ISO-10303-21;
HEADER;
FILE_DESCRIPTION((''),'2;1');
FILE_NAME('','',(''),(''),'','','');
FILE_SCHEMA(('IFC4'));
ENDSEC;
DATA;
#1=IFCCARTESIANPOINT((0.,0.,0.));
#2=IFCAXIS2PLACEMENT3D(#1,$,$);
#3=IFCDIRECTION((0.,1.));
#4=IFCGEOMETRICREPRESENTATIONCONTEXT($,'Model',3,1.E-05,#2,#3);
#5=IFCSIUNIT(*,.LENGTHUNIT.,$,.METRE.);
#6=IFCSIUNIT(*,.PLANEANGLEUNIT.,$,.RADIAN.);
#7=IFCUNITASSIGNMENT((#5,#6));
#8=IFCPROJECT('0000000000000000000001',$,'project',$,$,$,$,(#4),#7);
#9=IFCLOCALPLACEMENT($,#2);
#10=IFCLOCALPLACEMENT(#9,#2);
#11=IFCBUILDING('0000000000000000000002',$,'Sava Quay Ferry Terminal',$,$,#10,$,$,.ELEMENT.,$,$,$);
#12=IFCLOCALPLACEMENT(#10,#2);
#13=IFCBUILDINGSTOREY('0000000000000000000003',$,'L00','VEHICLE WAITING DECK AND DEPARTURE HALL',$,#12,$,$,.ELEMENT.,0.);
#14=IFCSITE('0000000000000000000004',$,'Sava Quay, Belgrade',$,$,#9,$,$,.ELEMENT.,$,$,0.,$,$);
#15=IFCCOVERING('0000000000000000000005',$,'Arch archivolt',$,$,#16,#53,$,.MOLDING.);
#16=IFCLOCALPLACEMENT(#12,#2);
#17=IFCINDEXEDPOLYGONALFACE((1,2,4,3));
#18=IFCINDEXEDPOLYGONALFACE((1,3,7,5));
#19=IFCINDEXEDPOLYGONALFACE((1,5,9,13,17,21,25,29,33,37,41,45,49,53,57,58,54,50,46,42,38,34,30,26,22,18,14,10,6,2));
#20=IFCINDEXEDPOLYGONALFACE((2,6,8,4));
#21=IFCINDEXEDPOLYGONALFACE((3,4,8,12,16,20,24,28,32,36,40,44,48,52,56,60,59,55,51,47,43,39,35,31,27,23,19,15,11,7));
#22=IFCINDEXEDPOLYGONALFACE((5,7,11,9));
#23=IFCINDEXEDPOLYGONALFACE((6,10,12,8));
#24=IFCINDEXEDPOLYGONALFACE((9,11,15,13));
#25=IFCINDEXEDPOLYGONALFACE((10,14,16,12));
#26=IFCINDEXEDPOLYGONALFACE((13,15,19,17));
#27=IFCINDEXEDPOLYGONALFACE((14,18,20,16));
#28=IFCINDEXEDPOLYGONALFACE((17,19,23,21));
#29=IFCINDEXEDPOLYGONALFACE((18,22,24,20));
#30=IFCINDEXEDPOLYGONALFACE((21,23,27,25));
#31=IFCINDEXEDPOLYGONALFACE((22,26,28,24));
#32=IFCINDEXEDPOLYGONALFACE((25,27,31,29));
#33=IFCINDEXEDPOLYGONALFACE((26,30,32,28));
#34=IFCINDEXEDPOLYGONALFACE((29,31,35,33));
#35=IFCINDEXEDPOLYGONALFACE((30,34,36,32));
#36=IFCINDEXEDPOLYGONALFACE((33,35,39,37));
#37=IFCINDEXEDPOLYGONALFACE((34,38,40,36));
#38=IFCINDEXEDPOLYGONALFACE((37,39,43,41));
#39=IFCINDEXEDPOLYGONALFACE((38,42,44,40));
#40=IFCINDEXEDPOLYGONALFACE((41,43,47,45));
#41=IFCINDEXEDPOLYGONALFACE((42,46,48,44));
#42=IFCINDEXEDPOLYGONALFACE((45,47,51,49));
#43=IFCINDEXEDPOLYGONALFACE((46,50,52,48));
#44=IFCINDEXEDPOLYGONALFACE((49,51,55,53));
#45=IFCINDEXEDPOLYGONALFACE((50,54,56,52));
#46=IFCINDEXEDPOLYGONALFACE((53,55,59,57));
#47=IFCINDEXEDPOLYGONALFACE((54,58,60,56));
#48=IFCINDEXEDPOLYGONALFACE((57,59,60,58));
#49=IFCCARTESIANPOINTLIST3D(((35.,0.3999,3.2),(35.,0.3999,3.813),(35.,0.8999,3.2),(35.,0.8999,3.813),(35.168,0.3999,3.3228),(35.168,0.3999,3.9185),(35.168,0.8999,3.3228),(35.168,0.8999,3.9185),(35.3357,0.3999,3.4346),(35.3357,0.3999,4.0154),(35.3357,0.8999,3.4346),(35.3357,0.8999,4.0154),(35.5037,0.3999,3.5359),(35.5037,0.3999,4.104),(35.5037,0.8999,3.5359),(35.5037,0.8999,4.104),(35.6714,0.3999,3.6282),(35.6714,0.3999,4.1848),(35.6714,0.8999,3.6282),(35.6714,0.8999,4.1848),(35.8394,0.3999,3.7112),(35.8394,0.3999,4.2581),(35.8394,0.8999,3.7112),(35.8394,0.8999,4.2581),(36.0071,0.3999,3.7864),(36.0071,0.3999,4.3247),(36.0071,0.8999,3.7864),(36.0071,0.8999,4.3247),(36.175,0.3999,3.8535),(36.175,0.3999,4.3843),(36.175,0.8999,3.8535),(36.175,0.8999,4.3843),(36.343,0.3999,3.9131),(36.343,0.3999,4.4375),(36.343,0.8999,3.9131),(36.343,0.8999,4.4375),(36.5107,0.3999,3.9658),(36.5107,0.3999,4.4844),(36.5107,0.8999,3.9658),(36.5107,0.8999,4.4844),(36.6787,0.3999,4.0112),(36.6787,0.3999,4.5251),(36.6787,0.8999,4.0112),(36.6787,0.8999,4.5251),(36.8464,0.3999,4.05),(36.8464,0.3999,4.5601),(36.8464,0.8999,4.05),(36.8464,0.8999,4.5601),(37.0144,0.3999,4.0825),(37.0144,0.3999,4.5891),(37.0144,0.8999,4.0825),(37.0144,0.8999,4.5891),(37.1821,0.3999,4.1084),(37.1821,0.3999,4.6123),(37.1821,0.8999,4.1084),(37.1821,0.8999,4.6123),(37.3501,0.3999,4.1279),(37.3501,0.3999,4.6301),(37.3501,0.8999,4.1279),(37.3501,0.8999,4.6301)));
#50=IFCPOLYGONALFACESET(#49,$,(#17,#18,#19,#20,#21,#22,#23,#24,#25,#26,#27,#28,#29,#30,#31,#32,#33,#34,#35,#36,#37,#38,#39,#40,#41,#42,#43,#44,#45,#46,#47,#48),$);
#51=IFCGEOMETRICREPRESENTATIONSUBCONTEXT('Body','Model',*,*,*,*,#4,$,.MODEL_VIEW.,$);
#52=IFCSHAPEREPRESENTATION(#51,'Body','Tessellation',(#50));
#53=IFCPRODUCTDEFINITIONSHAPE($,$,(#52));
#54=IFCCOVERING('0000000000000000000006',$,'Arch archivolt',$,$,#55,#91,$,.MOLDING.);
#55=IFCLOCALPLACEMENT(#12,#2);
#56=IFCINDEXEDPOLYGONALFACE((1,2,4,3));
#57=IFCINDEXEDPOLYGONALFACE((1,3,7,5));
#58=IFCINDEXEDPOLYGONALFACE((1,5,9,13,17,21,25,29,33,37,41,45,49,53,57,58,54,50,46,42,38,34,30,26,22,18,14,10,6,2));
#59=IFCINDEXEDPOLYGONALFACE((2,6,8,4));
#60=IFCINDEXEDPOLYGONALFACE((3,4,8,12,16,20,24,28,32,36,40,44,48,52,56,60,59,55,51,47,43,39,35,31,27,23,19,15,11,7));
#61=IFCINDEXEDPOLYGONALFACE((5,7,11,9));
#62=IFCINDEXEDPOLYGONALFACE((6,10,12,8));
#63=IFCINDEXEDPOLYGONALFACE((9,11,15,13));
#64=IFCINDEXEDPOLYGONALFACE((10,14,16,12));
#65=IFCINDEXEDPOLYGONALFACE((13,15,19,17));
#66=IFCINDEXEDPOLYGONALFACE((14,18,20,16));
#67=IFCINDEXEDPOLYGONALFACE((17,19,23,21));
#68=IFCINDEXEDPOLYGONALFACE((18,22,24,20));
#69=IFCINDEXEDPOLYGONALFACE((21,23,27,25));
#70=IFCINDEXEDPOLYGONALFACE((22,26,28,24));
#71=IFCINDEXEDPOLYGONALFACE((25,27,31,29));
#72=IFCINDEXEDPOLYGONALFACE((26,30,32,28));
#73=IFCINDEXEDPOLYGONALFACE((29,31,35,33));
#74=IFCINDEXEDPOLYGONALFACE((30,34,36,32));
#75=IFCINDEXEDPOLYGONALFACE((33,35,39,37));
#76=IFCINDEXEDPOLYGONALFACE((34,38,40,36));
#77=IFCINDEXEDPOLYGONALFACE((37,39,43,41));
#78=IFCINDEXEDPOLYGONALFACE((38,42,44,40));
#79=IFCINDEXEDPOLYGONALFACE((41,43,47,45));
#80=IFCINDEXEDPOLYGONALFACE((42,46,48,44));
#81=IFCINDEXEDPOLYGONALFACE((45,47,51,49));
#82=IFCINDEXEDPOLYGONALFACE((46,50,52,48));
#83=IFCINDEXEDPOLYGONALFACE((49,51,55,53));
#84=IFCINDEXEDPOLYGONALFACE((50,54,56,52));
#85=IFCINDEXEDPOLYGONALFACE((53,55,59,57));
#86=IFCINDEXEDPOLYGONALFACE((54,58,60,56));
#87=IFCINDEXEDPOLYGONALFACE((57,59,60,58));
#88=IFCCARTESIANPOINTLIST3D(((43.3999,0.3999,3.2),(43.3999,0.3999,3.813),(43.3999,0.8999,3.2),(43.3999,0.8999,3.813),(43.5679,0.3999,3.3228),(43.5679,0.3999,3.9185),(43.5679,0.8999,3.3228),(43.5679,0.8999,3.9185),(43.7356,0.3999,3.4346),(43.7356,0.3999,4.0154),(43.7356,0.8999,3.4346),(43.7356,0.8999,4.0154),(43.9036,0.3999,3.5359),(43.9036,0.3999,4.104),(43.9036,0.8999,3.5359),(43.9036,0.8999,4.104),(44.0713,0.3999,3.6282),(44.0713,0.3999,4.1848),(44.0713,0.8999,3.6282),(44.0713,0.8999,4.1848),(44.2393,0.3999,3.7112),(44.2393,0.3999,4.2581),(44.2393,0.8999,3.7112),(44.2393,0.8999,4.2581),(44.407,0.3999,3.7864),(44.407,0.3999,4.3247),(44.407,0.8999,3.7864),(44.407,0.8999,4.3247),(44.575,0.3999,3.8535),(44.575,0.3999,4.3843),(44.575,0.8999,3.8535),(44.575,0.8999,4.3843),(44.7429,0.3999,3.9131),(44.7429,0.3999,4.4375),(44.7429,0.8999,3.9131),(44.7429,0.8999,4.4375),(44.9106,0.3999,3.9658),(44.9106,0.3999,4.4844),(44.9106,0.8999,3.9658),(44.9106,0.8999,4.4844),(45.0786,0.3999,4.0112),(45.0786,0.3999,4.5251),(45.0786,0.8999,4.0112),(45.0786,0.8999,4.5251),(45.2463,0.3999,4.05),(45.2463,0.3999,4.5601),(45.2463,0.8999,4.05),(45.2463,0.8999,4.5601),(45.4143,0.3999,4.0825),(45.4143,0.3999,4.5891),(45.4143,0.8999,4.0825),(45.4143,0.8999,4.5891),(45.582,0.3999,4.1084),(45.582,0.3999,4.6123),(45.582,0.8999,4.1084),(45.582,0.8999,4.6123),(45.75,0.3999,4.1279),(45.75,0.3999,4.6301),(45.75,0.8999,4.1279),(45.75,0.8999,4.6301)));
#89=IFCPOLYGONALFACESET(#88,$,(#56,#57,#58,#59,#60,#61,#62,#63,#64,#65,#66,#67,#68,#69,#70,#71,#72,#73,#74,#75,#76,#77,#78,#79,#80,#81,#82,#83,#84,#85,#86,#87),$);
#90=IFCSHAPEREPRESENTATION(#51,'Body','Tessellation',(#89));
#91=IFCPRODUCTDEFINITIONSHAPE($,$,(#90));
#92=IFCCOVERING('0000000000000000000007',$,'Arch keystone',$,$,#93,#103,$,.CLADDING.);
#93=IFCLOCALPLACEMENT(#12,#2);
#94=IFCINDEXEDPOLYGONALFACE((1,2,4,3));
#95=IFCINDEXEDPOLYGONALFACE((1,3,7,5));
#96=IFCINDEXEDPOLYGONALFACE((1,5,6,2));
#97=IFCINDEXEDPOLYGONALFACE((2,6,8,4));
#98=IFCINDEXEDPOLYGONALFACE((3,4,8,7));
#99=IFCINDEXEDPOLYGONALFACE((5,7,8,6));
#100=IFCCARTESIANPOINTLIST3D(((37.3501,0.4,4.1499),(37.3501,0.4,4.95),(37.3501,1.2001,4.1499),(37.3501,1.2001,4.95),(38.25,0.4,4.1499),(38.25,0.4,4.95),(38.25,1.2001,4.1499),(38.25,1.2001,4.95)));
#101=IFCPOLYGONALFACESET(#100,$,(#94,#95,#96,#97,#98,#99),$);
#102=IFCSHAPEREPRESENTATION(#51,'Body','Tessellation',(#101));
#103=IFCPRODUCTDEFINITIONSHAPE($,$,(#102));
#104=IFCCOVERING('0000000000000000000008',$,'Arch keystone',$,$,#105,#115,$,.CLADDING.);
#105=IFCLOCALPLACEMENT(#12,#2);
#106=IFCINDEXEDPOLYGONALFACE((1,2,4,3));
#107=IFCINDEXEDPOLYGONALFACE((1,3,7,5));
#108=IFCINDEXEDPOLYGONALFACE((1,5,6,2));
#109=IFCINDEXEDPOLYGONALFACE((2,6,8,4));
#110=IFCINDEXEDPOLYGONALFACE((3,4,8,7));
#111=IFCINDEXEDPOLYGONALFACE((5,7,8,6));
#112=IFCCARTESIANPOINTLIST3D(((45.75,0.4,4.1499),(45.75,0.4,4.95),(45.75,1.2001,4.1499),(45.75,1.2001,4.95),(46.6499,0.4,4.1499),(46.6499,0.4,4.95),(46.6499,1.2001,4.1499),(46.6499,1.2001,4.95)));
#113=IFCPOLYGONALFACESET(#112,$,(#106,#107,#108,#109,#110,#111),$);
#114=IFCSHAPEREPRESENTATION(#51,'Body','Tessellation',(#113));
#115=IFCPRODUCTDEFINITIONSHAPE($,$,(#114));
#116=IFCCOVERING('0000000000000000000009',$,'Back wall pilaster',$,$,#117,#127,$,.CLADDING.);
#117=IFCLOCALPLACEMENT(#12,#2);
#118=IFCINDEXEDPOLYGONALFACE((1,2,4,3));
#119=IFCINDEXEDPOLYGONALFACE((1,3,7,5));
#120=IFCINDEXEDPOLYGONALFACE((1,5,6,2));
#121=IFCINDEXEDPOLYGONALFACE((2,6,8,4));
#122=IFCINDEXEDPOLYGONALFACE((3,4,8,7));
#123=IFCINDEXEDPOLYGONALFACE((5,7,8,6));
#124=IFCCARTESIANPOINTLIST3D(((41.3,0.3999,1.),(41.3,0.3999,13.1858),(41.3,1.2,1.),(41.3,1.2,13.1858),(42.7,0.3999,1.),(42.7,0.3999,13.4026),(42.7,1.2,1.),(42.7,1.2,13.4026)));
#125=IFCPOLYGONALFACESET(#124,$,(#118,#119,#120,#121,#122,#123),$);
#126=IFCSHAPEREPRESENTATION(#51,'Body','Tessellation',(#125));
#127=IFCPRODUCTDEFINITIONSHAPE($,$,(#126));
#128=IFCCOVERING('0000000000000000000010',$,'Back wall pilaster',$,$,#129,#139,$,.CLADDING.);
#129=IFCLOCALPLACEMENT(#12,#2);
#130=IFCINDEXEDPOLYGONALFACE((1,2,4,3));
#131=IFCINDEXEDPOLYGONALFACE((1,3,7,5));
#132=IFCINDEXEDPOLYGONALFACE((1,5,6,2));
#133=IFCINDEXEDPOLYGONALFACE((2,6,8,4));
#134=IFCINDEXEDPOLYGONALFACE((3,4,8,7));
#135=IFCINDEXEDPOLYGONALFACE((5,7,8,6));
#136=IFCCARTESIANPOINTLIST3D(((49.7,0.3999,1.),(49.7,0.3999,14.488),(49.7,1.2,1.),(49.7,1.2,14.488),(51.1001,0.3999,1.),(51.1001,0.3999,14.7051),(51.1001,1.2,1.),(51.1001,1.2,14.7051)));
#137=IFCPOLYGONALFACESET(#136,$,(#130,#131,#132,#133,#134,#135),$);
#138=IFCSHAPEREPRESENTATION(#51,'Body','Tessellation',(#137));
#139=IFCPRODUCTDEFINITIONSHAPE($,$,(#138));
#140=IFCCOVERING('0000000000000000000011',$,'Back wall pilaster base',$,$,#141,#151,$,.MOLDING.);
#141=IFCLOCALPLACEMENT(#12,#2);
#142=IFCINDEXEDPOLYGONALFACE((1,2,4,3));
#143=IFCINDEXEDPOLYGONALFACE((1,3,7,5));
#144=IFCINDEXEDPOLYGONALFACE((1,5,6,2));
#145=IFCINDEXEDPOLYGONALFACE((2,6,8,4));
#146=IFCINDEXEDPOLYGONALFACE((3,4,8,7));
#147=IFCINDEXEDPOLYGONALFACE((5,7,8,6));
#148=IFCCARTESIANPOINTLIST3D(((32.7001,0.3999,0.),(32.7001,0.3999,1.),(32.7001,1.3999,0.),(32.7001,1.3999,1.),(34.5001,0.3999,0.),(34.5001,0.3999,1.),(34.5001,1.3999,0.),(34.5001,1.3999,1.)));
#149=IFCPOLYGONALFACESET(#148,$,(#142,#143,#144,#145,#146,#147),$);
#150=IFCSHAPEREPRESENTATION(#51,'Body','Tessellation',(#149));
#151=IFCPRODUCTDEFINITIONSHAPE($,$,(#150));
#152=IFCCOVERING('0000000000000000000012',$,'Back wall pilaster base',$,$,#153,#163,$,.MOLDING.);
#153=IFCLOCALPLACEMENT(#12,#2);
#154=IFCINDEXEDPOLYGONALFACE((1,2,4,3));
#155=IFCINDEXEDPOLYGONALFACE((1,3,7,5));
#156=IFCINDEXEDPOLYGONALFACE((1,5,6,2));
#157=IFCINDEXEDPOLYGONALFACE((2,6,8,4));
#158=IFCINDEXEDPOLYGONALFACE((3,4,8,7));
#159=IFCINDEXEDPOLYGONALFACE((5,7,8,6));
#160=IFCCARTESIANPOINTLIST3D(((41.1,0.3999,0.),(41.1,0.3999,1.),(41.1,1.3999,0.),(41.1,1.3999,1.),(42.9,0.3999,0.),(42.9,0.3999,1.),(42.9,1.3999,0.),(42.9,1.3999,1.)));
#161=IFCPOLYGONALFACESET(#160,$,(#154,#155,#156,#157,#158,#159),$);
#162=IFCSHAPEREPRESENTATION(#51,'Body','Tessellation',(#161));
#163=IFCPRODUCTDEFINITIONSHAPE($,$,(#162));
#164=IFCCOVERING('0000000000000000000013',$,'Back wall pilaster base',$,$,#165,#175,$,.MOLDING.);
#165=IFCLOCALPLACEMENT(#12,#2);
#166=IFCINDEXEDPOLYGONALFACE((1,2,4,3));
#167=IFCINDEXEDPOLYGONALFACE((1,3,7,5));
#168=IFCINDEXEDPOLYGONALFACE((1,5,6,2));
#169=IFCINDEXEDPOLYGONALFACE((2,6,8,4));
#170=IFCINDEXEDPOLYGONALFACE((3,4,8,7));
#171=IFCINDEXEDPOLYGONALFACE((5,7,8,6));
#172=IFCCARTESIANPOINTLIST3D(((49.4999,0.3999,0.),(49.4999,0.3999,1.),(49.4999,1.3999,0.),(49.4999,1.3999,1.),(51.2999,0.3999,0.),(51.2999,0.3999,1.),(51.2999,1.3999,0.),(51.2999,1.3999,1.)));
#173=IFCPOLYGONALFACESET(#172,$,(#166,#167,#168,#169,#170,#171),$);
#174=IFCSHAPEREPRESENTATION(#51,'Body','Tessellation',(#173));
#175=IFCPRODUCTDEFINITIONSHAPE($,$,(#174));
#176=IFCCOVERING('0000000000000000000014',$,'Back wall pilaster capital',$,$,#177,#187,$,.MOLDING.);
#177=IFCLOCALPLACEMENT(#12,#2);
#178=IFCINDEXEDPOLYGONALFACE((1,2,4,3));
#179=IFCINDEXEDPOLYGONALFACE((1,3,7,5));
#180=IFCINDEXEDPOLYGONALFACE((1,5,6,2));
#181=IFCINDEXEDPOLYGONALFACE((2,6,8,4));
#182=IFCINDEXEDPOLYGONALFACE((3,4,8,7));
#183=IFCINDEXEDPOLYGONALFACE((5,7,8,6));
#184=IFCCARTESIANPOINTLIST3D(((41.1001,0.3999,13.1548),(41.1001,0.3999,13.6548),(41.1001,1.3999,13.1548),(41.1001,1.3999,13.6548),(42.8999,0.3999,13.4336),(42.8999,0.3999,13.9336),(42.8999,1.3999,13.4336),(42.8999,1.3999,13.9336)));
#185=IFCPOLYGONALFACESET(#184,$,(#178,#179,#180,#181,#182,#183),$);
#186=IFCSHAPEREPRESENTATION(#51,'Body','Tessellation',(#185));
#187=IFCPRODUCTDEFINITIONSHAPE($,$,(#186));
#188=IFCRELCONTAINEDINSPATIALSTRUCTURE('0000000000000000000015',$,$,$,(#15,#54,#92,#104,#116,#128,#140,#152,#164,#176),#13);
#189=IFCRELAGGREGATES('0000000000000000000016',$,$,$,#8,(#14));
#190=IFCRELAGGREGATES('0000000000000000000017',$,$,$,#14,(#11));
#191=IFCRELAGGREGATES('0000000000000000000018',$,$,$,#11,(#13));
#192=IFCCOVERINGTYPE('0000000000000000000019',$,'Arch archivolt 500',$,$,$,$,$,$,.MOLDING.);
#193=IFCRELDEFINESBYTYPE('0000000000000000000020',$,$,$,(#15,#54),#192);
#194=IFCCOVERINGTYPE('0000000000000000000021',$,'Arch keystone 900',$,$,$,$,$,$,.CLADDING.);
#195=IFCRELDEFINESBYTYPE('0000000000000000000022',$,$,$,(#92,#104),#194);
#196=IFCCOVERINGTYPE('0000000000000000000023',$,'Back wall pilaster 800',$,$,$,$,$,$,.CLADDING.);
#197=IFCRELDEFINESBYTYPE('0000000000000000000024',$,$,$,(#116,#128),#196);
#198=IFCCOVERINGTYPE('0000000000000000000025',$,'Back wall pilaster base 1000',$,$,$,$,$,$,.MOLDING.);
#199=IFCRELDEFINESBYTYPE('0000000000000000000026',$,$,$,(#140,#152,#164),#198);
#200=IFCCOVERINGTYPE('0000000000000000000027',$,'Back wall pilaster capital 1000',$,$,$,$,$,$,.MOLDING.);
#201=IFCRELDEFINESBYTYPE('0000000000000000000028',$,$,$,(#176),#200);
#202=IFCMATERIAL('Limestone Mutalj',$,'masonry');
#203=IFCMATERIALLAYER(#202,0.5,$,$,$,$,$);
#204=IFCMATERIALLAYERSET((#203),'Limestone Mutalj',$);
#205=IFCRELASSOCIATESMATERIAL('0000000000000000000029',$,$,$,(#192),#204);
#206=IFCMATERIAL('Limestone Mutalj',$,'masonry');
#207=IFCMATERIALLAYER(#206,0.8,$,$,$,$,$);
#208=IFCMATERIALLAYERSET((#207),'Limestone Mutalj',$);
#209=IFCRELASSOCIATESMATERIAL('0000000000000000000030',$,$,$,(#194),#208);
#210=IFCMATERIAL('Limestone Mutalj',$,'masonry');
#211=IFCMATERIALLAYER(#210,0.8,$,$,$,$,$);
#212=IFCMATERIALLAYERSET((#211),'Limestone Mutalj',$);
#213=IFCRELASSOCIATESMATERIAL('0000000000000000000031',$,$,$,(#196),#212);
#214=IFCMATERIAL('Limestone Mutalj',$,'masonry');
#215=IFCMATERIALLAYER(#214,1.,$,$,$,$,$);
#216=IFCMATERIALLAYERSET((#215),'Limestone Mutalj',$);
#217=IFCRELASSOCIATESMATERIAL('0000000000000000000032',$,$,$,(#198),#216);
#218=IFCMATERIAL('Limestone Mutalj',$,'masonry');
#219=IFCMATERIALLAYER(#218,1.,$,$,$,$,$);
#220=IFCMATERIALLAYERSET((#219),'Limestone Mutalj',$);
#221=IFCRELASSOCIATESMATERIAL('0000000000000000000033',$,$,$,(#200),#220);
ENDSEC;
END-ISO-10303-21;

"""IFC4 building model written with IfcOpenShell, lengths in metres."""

from ifc_helpers import new_model, si_unit, direction, frame, origin, origin_2d, place, context, subcontext, project, spatial, polyline, rectangle, outline, extrude, material, layer, layer_set, type_object, element, save


model = new_model("IFC4")

# Units and contexts
model_context = context("Model", 3, precision=1e-05, world=origin(), true_north=direction((0.0, 1.0)))
body_context = subcontext(model_context, "Body", "Model", "MODEL_VIEW")
ifc_project = project(units=[si_unit("LENGTHUNIT", "METRE"), si_unit("PLANEANGLEUNIT", "RADIAN")], contexts=[model_context])

# Site, building, storey
site_placement = place(None, origin())
site = spatial("IfcSite", under=ifc_project, at=site_placement, Name="Sava Quay, Belgrade", CompositionType="ELEMENT", RefElevation=0.0)
building_placement = place(site_placement, origin())
building = spatial("IfcBuilding", under=site, at=building_placement, Name="Sava Quay Ferry Terminal", CompositionType="ELEMENT")
storey_placement = place(building_placement, origin())
storey = spatial("IfcBuildingStorey", under=building, at=storey_placement, Name="L00", Description="VEHICLE WAITING DECK AND DEPARTURE HALL", CompositionType="ELEMENT", Elevation=0.0)

# Coverings
ifc_material_1 = material(Name="Limestone Mutalj", Category="masonry")
ifc_layer_1 = layer(ifc_material_1, 0.5)
ifc_layer_set_1 = layer_set([ifc_layer_1], Name="Limestone Mutalj")
covering_type_1 = type_object("IfcCoveringType", Name="Arch archivolt 500", PredefinedType="MOLDING", material=ifc_layer_set_1)
covering_1_placement = place(storey_placement, frame((35.0, 0.3999, 3.2), z_axis=(0.0, -1.0, 0.0), x_axis=(0.807262, 0.0, 0.590193)))
element("IfcCovering", 1, at=covering_1_placement, inside=storey, type_object=covering_type_1, Name="Arch archivolt", PredefinedType="MOLDING", context=body_context, shape_type="SweptSolid", body=[
    extrude(outline(polyline([(0.0, 0.0), (0.2081, 0.0), (0.4095, -0.0087), (0.6049, -0.0261), (0.7947, -0.0506), (0.9793, -0.0827), (1.1591, -0.121), (1.3343, -0.1659), (1.5051, -0.217), (1.6716, -0.2734), (1.834, -0.3358), (1.9923, -0.4035), (2.147, -0.4764), (2.2977, -0.5545), (2.4448, -0.6379), (2.7412, -0.2325), (2.5951, -0.1477), (2.446, -0.0675), (2.2933, 0.0082), (2.1373, 0.079), (1.9776, 0.1452), (1.8146, 0.2064), (1.6476, 0.2626), (1.4768, 0.3136), (1.3021, 0.3588), (1.1232, 0.3988), (0.9402, 0.4325), (0.7523, 0.4601), (0.5597, 0.4809), (0.3618, 0.4949), (0.0, 0.0)])), origin(), (0.0, 0.0, -1.0), 0.5),
])
covering_2_placement = place(storey_placement, frame((43.3999, 0.3999, 3.2), z_axis=(0.0, -1.0, 0.0), x_axis=(0.807262, 0.0, 0.590193)))
element("IfcCovering", 2, at=covering_2_placement, inside=storey, type_object=covering_type_1, Name="Arch archivolt", PredefinedType="MOLDING", context=body_context, shape_type="SweptSolid", body=[
    extrude(outline(polyline([(0.0, 0.0), (0.2081, 0.0), (0.4095, -0.0087), (0.6049, -0.0261), (0.7947, -0.0506), (0.9793, -0.0827), (1.1591, -0.121), (1.3343, -0.1659), (1.5051, -0.217), (1.6716, -0.2734), (1.834, -0.3358), (1.9923, -0.4035), (2.147, -0.4764), (2.2977, -0.5545), (2.4448, -0.6379), (2.7412, -0.2325), (2.5951, -0.1477), (2.446, -0.0675), (2.2933, 0.0082), (2.1373, 0.079), (1.9776, 0.1452), (1.8146, 0.2064), (1.6476, 0.2626), (1.4768, 0.3136), (1.3021, 0.3588), (1.1232, 0.3988), (0.9402, 0.4325), (0.7523, 0.4601), (0.5597, 0.4809), (0.3618, 0.4949), (0.0, 0.0)])), origin(), (0.0, 0.0, -1.0), 0.5),
])
ifc_material_2 = material(Name="Limestone Mutalj", Category="masonry")
ifc_layer_2 = layer(ifc_material_2, 0.8)
ifc_layer_set_2 = layer_set([ifc_layer_2], Name="Limestone Mutalj")
covering_type_2 = type_object("IfcCoveringType", Name="Arch keystone 900", PredefinedType="CLADDING", material=ifc_layer_set_2)
for number, where, z_axis, x_axis, name in (
    (3, (37.8, 0.8, 4.1499), (0.0, 0.0, 1.0), (1.0, 0.0, 0.0), "Arch keystone"),
    (4, (46.2, 0.8, 4.1499), (0.0, 0.0, 1.0), (1.0, 0.0, 0.0), "Arch keystone"),
):
    element("IfcCovering", number, at=place(storey_placement, frame(where, z_axis=z_axis, x_axis=x_axis)), inside=storey, type_object=covering_type_2, Name=name, PredefinedType="CLADDING", context=body_context, shape_type="SweptSolid", body=[
        extrude(rectangle(XDim=0.8999, YDim=0.8, at=origin_2d()), origin(), (0.0, 0.0, 1.0), 0.8),
    ])
ifc_material_3 = material(Name="Limestone Mutalj", Category="masonry")
ifc_layer_3 = layer(ifc_material_3, 0.8)
ifc_layer_set_3 = layer_set([ifc_layer_3], Name="Limestone Mutalj")
covering_type_3 = type_object("IfcCoveringType", Name="Back wall pilaster 800", PredefinedType="CLADDING", material=ifc_layer_set_3)
covering_3_placement = place(storey_placement, frame((41.3, 0.3999, 1.0), z_axis=(0.0, -1.0, 0.0), x_axis=(1.0, 0.0, 0.0)))
element("IfcCovering", 5, at=covering_3_placement, inside=storey, type_object=covering_type_3, Name="Back wall pilaster", PredefinedType="CLADDING", context=body_context, shape_type="SweptSolid", body=[
    extrude(outline(polyline([(0.0, 0.0), (1.3999, 0.0), (1.3999, 12.4026), (0.0, 12.1858), (0.0, 0.0)])), origin(), (0.0, 0.0, -1.0), 0.8),
])
covering_4_placement = place(storey_placement, frame((49.7, 0.3999, 1.0), z_axis=(0.0, -1.0, 0.0), x_axis=(1.0, 0.0, 0.0)))
element("IfcCovering", 6, at=covering_4_placement, inside=storey, type_object=covering_type_3, Name="Back wall pilaster", PredefinedType="CLADDING", context=body_context, shape_type="SweptSolid", body=[
    extrude(outline(polyline([(0.0, 0.0), (1.4001, 0.0), (1.4001, 13.7051), (0.0, 13.488), (0.0, 0.0)])), origin(), (0.0, 0.0, -1.0), 0.8),
])
ifc_material_4 = material(Name="Limestone Mutalj", Category="masonry")
ifc_layer_4 = layer(ifc_material_4, 1.0)
ifc_layer_set_4 = layer_set([ifc_layer_4], Name="Limestone Mutalj")
covering_type_4 = type_object("IfcCoveringType", Name="Back wall pilaster base 1000", PredefinedType="MOLDING", material=ifc_layer_set_4)
for number, where, z_axis, x_axis, name in (
    (7, (33.6001, 0.8999, 0.0), (0.0, 0.0, 1.0), (1.0, 0.0, 0.0), "Back wall pilaster base"),
    (8, (42.0, 0.8999, 0.0), (0.0, 0.0, 1.0), (1.0, 0.0, 0.0), "Back wall pilaster base"),
    (9, (50.3999, 0.8999, 0.0), (0.0, 0.0, 1.0), (1.0, 0.0, 0.0), "Back wall pilaster base"),
):
    element("IfcCovering", number, at=place(storey_placement, frame(where, z_axis=z_axis, x_axis=x_axis)), inside=storey, type_object=covering_type_4, Name=name, PredefinedType="MOLDING", context=body_context, shape_type="SweptSolid", body=[
        extrude(rectangle(XDim=1.8, YDim=1.0, at=origin_2d()), origin(), (0.0, 0.0, 1.0), 1.0),
    ])
ifc_material_5 = material(Name="Limestone Mutalj", Category="masonry")
ifc_layer_5 = layer(ifc_material_5, 1.0)
ifc_layer_set_5 = layer_set([ifc_layer_5], Name="Limestone Mutalj")
covering_type_5 = type_object("IfcCoveringType", Name="Back wall pilaster capital 1000", PredefinedType="MOLDING", material=ifc_layer_set_5)
covering_5_placement = place(storey_placement, frame((41.1001, 0.3999, 13.1548), z_axis=(0.0, -1.0, 0.0), x_axis=(0.988213, 0.0, 0.153085)))
element("IfcCovering", 10, at=covering_5_placement, inside=storey, type_object=covering_type_5, Name="Back wall pilaster capital", PredefinedType="MOLDING", context=body_context, shape_type="SweptSolid", body=[
    extrude(outline(polyline([(0.0, 0.0), (1.8213, 0.0), (1.8978, 0.4941), (0.0765, 0.4941), (0.0, 0.0)])), origin(), (0.0, 0.0, -1.0), 1.0),
])

save(model, "model.ifc")
